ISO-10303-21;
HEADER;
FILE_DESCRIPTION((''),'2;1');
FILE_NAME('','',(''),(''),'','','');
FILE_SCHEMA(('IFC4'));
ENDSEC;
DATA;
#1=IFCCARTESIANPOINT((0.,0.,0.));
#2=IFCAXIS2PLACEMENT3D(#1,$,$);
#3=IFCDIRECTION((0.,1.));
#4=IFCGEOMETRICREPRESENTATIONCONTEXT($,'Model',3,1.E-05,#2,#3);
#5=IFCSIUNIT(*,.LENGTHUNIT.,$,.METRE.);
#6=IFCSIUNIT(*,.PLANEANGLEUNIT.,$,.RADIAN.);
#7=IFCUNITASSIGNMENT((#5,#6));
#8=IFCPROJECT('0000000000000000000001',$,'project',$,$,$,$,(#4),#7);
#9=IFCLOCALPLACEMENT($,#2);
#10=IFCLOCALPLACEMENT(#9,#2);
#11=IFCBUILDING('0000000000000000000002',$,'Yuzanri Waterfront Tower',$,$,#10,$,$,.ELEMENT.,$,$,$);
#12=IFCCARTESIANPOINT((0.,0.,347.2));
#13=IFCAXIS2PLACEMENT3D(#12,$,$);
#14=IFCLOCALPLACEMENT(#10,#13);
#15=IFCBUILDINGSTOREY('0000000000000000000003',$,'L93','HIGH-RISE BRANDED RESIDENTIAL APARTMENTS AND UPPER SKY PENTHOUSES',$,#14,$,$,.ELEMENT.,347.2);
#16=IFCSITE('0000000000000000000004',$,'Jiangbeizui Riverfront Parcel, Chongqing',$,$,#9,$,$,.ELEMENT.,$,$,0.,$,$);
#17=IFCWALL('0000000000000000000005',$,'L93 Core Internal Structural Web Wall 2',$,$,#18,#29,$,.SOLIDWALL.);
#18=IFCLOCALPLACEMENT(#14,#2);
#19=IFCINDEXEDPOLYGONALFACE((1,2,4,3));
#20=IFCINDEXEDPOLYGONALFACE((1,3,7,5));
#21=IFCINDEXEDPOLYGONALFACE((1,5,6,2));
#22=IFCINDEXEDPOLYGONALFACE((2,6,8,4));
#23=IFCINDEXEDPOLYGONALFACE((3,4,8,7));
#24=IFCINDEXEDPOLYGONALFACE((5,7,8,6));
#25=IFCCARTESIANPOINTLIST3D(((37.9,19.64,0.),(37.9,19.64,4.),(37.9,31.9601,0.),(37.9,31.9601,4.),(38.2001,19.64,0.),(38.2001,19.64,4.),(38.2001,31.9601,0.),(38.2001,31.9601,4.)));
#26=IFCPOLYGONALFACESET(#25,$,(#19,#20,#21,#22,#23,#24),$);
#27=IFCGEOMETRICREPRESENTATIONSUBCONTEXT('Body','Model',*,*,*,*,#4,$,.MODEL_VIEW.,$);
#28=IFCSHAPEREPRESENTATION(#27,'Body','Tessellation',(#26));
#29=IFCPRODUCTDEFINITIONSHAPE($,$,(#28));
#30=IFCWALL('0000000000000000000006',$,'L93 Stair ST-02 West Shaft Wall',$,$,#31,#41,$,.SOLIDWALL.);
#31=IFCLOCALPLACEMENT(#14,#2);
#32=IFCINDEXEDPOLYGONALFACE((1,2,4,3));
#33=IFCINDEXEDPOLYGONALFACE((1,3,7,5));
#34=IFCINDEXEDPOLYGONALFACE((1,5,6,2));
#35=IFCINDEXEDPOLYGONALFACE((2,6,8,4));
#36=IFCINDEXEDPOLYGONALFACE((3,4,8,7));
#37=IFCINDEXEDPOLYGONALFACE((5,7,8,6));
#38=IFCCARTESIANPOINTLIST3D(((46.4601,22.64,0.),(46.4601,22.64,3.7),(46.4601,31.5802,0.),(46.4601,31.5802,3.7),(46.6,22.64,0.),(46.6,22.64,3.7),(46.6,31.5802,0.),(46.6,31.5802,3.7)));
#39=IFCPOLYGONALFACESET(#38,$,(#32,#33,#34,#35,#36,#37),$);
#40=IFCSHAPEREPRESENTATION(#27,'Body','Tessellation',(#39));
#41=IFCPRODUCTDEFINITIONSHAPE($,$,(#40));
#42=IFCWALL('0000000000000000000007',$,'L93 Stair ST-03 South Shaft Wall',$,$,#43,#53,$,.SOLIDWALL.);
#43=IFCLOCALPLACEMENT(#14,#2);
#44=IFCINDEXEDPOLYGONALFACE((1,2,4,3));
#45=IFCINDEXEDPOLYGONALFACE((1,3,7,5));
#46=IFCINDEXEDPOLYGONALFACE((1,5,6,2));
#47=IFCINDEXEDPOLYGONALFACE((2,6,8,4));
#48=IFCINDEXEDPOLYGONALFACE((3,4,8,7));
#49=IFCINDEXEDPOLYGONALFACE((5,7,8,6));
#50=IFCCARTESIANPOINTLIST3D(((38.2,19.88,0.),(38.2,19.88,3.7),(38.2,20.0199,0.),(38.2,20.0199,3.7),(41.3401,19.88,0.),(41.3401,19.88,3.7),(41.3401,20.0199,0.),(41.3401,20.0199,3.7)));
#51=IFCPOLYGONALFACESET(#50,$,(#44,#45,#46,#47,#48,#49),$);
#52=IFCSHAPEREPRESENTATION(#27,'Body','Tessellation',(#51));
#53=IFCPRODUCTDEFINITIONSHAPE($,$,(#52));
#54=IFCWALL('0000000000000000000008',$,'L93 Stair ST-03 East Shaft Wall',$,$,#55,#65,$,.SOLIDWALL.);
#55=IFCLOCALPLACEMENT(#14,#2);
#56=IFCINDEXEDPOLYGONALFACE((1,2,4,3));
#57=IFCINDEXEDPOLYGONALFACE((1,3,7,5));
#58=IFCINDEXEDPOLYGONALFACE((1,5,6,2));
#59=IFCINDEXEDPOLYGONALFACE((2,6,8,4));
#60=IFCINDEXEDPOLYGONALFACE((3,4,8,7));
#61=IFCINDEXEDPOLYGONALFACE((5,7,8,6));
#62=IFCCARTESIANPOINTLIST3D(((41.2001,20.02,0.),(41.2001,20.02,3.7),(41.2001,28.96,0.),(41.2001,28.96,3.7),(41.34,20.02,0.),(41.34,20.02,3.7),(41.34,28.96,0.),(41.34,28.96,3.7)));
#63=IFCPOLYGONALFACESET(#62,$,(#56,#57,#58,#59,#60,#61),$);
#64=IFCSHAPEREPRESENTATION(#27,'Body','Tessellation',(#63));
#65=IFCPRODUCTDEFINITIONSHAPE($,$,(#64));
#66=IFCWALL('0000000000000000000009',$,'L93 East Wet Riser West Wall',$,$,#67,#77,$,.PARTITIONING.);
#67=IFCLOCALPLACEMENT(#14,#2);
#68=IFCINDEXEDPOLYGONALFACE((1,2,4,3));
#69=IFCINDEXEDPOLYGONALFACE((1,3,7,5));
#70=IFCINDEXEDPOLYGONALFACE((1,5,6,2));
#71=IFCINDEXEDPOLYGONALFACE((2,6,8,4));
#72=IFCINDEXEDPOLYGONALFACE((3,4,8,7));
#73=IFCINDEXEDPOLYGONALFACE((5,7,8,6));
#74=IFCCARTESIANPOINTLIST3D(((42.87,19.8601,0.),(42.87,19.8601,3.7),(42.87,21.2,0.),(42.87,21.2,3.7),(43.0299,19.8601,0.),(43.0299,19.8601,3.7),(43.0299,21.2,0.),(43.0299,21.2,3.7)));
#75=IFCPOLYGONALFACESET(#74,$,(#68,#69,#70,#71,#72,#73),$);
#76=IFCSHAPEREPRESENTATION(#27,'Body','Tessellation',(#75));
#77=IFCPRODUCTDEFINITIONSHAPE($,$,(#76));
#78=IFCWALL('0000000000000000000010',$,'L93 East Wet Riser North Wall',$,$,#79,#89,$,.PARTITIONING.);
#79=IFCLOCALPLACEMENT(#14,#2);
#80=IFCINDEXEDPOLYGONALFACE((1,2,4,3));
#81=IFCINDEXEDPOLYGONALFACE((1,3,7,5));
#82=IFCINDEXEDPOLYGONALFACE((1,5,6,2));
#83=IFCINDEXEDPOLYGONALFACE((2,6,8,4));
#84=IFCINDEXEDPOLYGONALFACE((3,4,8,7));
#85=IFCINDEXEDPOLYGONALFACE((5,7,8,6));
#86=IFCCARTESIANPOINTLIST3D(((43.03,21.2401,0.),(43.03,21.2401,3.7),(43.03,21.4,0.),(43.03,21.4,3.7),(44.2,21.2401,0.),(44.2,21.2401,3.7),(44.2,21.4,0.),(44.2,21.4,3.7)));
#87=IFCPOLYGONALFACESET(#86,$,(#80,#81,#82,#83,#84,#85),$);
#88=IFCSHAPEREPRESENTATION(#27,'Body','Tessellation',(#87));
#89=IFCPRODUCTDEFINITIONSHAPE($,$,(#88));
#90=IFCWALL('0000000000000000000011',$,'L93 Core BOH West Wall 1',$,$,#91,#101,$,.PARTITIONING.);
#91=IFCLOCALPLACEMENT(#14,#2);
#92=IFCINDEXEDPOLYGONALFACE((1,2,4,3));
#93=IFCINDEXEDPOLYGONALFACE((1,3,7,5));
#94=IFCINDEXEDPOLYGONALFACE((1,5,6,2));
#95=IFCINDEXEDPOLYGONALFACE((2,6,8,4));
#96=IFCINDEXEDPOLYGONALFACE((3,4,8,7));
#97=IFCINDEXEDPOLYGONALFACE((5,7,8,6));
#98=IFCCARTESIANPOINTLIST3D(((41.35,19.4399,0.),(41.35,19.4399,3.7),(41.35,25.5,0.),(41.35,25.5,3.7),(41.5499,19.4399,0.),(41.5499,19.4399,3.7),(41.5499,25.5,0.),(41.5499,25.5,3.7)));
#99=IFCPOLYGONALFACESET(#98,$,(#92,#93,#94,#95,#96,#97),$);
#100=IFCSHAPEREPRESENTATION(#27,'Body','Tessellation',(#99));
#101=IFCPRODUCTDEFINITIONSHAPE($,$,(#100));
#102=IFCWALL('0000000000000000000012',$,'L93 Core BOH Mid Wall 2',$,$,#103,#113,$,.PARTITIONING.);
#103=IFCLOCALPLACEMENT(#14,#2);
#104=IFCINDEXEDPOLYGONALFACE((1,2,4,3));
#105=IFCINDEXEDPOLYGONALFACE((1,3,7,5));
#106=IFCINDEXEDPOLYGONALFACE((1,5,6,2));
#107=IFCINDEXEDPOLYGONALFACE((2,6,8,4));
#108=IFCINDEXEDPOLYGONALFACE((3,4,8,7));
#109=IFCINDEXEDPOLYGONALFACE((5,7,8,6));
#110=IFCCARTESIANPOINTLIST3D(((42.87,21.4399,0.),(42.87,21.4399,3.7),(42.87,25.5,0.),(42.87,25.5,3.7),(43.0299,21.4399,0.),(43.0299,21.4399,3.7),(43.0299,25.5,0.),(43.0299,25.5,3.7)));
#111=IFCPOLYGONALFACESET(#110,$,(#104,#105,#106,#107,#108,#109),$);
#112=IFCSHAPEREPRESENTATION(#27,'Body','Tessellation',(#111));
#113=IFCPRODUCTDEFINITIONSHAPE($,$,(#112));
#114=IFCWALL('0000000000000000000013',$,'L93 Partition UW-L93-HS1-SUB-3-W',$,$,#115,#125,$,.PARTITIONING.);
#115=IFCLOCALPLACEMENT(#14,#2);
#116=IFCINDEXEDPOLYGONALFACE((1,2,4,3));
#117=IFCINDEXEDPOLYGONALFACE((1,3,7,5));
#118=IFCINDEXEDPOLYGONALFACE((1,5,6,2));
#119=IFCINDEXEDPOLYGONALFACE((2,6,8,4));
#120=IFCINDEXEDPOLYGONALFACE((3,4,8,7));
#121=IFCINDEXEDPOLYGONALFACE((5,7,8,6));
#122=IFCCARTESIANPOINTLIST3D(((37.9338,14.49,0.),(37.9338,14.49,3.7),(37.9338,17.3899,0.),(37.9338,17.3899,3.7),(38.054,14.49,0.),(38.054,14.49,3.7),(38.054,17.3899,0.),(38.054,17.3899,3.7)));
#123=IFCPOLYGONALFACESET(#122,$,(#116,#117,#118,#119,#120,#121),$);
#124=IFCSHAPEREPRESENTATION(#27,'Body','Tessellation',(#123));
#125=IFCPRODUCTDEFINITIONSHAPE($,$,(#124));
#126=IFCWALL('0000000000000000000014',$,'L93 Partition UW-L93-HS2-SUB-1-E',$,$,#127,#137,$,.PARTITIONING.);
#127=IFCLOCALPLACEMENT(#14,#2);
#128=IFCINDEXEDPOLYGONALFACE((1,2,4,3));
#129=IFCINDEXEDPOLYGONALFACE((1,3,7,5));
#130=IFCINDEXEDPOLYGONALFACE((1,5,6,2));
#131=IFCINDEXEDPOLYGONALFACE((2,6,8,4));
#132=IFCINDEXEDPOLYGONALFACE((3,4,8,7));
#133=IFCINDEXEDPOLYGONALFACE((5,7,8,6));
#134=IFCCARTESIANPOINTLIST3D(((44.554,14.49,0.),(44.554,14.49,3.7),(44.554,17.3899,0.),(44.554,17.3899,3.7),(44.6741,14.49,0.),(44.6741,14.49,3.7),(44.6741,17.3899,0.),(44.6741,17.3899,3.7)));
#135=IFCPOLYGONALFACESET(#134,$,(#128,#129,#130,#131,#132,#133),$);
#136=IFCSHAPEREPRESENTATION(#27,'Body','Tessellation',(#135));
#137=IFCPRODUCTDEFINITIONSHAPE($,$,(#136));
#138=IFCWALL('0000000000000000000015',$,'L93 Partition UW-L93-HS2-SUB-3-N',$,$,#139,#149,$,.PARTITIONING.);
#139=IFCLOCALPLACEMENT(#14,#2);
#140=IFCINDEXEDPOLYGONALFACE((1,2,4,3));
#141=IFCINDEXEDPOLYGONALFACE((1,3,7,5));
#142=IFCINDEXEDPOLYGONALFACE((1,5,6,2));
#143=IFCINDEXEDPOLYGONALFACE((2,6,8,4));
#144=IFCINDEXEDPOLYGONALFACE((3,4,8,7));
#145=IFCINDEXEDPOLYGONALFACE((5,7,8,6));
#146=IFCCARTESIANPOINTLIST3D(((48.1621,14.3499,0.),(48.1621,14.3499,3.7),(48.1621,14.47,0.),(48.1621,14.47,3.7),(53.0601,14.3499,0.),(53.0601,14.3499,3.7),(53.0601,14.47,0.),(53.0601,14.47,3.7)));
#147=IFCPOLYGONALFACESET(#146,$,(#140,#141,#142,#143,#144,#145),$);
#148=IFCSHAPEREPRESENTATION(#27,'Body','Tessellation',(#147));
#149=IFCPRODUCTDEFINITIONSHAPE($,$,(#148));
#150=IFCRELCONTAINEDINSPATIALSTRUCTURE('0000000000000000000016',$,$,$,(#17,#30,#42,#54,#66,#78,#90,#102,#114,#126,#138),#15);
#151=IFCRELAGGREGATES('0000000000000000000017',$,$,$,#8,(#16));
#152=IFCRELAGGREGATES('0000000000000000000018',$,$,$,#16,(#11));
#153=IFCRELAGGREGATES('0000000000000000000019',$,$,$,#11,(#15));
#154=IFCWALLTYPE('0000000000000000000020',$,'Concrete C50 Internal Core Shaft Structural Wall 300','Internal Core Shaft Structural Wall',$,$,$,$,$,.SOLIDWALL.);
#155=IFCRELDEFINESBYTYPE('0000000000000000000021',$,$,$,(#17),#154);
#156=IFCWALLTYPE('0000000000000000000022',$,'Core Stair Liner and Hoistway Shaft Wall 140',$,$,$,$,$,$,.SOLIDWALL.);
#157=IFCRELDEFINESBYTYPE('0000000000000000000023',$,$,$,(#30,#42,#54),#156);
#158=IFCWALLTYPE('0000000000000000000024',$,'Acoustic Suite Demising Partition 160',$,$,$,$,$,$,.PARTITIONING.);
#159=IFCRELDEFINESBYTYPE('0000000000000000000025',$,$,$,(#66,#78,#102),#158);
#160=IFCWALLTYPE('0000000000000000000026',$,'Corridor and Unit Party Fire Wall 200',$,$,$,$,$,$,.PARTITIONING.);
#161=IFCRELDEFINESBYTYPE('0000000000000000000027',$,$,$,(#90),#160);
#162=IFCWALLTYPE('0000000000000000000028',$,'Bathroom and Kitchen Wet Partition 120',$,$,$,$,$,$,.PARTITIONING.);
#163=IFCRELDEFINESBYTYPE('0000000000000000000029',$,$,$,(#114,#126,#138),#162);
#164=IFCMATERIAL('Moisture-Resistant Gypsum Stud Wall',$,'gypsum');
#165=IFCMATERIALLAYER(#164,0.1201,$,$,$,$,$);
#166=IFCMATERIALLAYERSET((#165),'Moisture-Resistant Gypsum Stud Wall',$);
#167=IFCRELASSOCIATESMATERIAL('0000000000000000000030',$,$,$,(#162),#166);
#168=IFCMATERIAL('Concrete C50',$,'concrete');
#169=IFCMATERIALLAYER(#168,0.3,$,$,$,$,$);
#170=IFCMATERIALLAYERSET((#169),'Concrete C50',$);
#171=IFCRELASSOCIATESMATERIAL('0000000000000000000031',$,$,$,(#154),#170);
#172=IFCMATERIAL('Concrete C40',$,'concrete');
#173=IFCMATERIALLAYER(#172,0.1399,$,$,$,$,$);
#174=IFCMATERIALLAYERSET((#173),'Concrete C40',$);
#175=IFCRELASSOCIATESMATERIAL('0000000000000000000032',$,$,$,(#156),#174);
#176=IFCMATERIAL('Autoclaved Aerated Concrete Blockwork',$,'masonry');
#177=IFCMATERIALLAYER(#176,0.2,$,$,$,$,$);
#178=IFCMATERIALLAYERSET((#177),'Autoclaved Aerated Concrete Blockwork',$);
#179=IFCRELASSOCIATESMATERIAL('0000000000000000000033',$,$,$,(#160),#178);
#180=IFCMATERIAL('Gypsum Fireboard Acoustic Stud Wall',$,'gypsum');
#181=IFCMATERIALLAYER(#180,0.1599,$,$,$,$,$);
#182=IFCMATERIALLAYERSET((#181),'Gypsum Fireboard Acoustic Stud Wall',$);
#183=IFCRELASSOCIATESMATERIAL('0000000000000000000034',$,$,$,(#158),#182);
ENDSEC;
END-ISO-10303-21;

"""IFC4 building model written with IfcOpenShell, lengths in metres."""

from ifc_helpers import new_model, si_unit, direction, frame, frame_2d, origin, place, context, subcontext, project, spatial, rectangle, extrude, source, transform, mapped, material, layer, layer_set, type_object, element, save


model = new_model("IFC4")

# Units and contexts
model_context = context("Model", 3, precision=1e-05, world=origin(), true_north=direction((0.0, 1.0)))
body_context = subcontext(model_context, "Body", "Model", "MODEL_VIEW")
ifc_project = project(units=[si_unit("LENGTHUNIT", "METRE"), si_unit("PLANEANGLEUNIT", "RADIAN")], contexts=[model_context])

# Site, building, storey
site_placement = place(None, origin())
site = spatial("IfcSite", under=ifc_project, at=site_placement, Name="Jiangbeizui Riverfront Parcel, Chongqing", CompositionType="ELEMENT", RefElevation=0.0)
building_placement = place(site_placement, origin())
building = spatial("IfcBuilding", under=site, at=building_placement, Name="Yuzanri Waterfront Tower", CompositionType="ELEMENT")
storey_placement = place(building_placement, frame((0.0, 0.0, 347.2)))
storey = spatial("IfcBuildingStorey", under=building, at=storey_placement, Name="L93", Description="HIGH-RISE BRANDED RESIDENTIAL APARTMENTS AND UPPER SKY PENTHOUSES", CompositionType="ELEMENT", Elevation=347.2)

# Shared definitions
ifc_material_1 = material(Name="Moisture-Resistant Gypsum Stud Wall", Category="gypsum")
ifc_layer_1 = layer(ifc_material_1, 0.1201)
ifc_layer_set_1 = layer_set([ifc_layer_1], Name="Moisture-Resistant Gypsum Stud Wall")
wall_type_1 = type_object("IfcWallType", Name="Bathroom and Kitchen Wet Partition 120", PredefinedType="PARTITIONING", material=ifc_layer_set_1)

# Shared definitions
ifc_material_2 = material(Name="Concrete C50", Category="concrete")
ifc_layer_2 = layer(ifc_material_2, 0.3)
ifc_layer_set_2 = layer_set([ifc_layer_2], Name="Concrete C50")
wall_type_2 = type_object("IfcWallType", Name="Concrete C50 Internal Core Shaft Structural Wall 300", Description="Internal Core Shaft Structural Wall", PredefinedType="SOLIDWALL", material=ifc_layer_set_2)

# Shared definitions
ifc_material_3 = material(Name="Concrete C40", Category="concrete")
ifc_layer_3 = layer(ifc_material_3, 0.1399)
ifc_layer_set_3 = layer_set([ifc_layer_3], Name="Concrete C40")
wall_type_3 = type_object("IfcWallType", Name="Core Stair Liner and Hoistway Shaft Wall 140", PredefinedType="SOLIDWALL", material=ifc_layer_set_3)
ifc_material_4 = material(Name="Autoclaved Aerated Concrete Blockwork", Category="masonry")
ifc_layer_4 = layer(ifc_material_4, 0.2)
ifc_layer_set_4 = layer_set([ifc_layer_4], Name="Autoclaved Aerated Concrete Blockwork")
wall_type_4 = type_object("IfcWallType", Name="Corridor and Unit Party Fire Wall 200", PredefinedType="PARTITIONING", material=ifc_layer_set_4)

# Walls
shared_shape_1 = source(origin(), body_context, "Body", "SweptSolid", [
    extrude(rectangle(XDim=12.3201, YDim=0.3, at=frame_2d((6.1602, 0.0))), origin(), (0.0, 0.0, 1.0), 4.0),
])
wall_1_placement = place(storey_placement, frame((38.05, 19.6399, 0.0), z_axis=(0.0, 0.0, 1.0), x_axis=(0.0, 1.0, 0.0)))
element("IfcWall", 1, at=wall_1_placement, inside=storey, type_object=wall_type_2, Name="L93 Core Internal Structural Web Wall 2", PredefinedType="SOLIDWALL", context=body_context, shape_type="MappedRepresentation", body=[
    mapped(shared_shape_1, transform((0.0, 0.0, 0.0), scale=1.0)),
])
shared_shape_2 = source(origin(), body_context, "Body", "SweptSolid", [
    extrude(rectangle(XDim=8.9402, YDim=0.1399, at=frame_2d((4.4702, 0.0))), origin(), (0.0, 0.0, 1.0), 3.7),
])
wall_2_placement = place(storey_placement, frame((46.53, 22.6399, 0.0), z_axis=(0.0, 0.0, 1.0), x_axis=(0.0, 1.0, 0.0)))
element("IfcWall", 2, at=wall_2_placement, inside=storey, type_object=wall_type_3, Name="L93 Stair ST-02 West Shaft Wall", PredefinedType="SOLIDWALL", context=body_context, shape_type="MappedRepresentation", body=[
    mapped(shared_shape_2, transform((0.0, 0.0, 0.0), scale=1.0)),
])
shared_shape_3 = source(origin(), body_context, "Body", "SweptSolid", [
    extrude(rectangle(XDim=3.1401, YDim=0.1399, at=frame_2d((1.5701, 0.0))), origin(), (0.0, 0.0, 1.0), 3.7),
])
wall_3_placement = place(storey_placement, frame((38.2, 19.95, 0.0), z_axis=(0.0, 0.0, 1.0), x_axis=(1.0, 0.0, 0.0)))
element("IfcWall", 3, at=wall_3_placement, inside=storey, type_object=wall_type_3, Name="L93 Stair ST-03 South Shaft Wall", PredefinedType="SOLIDWALL", context=body_context, shape_type="MappedRepresentation", body=[
    mapped(shared_shape_3, transform((0.0, 0.0, 0.0), scale=1.0)),
])
shared_shape_4 = source(origin(), body_context, "Body", "SweptSolid", [
    extrude(rectangle(XDim=8.9399, YDim=0.1399, at=frame_2d((4.47, 0.0))), origin(), (0.0, 0.0, 1.0), 3.7),
])
wall_4_placement = place(storey_placement, frame((41.27, 20.02, 0.0), z_axis=(0.0, 0.0, 1.0), x_axis=(0.0, 1.0, 0.0)))
element("IfcWall", 4, at=wall_4_placement, inside=storey, type_object=wall_type_3, Name="L93 Stair ST-03 East Shaft Wall", PredefinedType="SOLIDWALL", context=body_context, shape_type="MappedRepresentation", body=[
    mapped(shared_shape_4, transform((0.0, 0.0, 0.0), scale=1.0)),
])
ifc_material_5 = material(Name="Gypsum Fireboard Acoustic Stud Wall", Category="gypsum")
ifc_layer_5 = layer(ifc_material_5, 0.1599)
ifc_layer_set_5 = layer_set([ifc_layer_5], Name="Gypsum Fireboard Acoustic Stud Wall")
wall_type_5 = type_object("IfcWallType", Name="Acoustic Suite Demising Partition 160", PredefinedType="PARTITIONING", material=ifc_layer_set_5)
shared_shape_5 = source(origin(), body_context, "Body", "SweptSolid", [
    extrude(rectangle(XDim=1.3398, YDim=0.1599, at=frame_2d((0.6699, 0.0))), origin(), (0.0, 0.0, 1.0), 3.7),
])
wall_5_placement = place(storey_placement, frame((42.95, 19.8601, 0.0), z_axis=(0.0, 0.0, 1.0), x_axis=(0.0, 1.0, 0.0)))
element("IfcWall", 5, at=wall_5_placement, inside=storey, type_object=wall_type_5, Name="L93 East Wet Riser West Wall", PredefinedType="PARTITIONING", context=body_context, shape_type="MappedRepresentation", body=[
    mapped(shared_shape_5, transform((0.0, 0.0, 0.0), scale=1.0)),
])
shared_shape_6 = source(origin(), body_context, "Body", "SweptSolid", [
    extrude(rectangle(XDim=1.1699, YDim=0.1599, at=frame_2d((0.585, 0.0))), origin(), (0.0, 0.0, 1.0), 3.7),
])
wall_6_placement = place(storey_placement, frame((43.03, 21.3201, 0.0), z_axis=(0.0, 0.0, 1.0), x_axis=(1.0, 0.0, 0.0)))
element("IfcWall", 6, at=wall_6_placement, inside=storey, type_object=wall_type_5, Name="L93 East Wet Riser North Wall", PredefinedType="PARTITIONING", context=body_context, shape_type="MappedRepresentation", body=[
    mapped(shared_shape_6, transform((0.0, 0.0, 0.0), scale=1.0)),
])
shared_shape_7 = source(origin(), body_context, "Body", "SweptSolid", [
    extrude(rectangle(XDim=6.0601, YDim=0.2, at=frame_2d((3.03, 0.0))), origin(), (0.0, 0.0, 1.0), 3.7),
])
wall_7_placement = place(storey_placement, frame((41.45, 19.4399, 0.0), z_axis=(0.0, 0.0, 1.0), x_axis=(0.0, 1.0, 0.0)))
element("IfcWall", 7, at=wall_7_placement, inside=storey, type_object=wall_type_4, Name="L93 Core BOH West Wall 1", PredefinedType="PARTITIONING", context=body_context, shape_type="MappedRepresentation", body=[
    mapped(shared_shape_7, transform((0.0, 0.0, 0.0), scale=1.0)),
])
shared_shape_8 = source(origin(), body_context, "Body", "SweptSolid", [
    extrude(rectangle(XDim=4.0601, YDim=0.1599, at=frame_2d((2.03, 0.0))), origin(), (0.0, 0.0, 1.0), 3.7),
])
wall_8_placement = place(storey_placement, frame((42.95, 21.4399, 0.0), z_axis=(0.0, 0.0, 1.0), x_axis=(0.0, 1.0, 0.0)))
element("IfcWall", 8, at=wall_8_placement, inside=storey, type_object=wall_type_5, Name="L93 Core BOH Mid Wall 2", PredefinedType="PARTITIONING", context=body_context, shape_type="MappedRepresentation", body=[
    mapped(shared_shape_8, transform((0.0, 0.0, 0.0), scale=1.0)),
])
shared_shape_9 = source(origin(), body_context, "Body", "SweptSolid", [
    extrude(rectangle(XDim=2.8999, YDim=0.1201, at=frame_2d((1.45, 0.0))), origin(), (0.0, 0.0, 1.0), 3.7),
])
for number, where, z_axis, x_axis, name in (
    (9, (37.9939, 14.49, 0.0), (0.0, 0.0, 1.0), (0.0, 1.0, 0.0), "L93 Partition UW-L93-HS1-SUB-3-W"),
    (10, (44.614, 14.49, 0.0), (0.0, 0.0, 1.0), (0.0, 1.0, 0.0), "L93 Partition UW-L93-HS2-SUB-1-E"),
):
    element("IfcWall", number, at=place(storey_placement, frame(where, z_axis=z_axis, x_axis=x_axis)), inside=storey, type_object=wall_type_1, Name=name, PredefinedType="PARTITIONING", context=body_context, shape_type="MappedRepresentation", body=[
        mapped(shared_shape_9, transform((0.0, 0.0, 0.0), scale=1.0)),
    ])
shared_shape_10 = source(origin(), body_context, "Body", "SweptSolid", [
    extrude(rectangle(XDim=4.8979, YDim=0.1201, at=frame_2d((2.449, 0.0))), origin(), (0.0, 0.0, 1.0), 3.7),
])
wall_9_placement = place(storey_placement, frame((48.1621, 14.4099, 0.0), z_axis=(0.0, 0.0, 1.0), x_axis=(1.0, 0.0, 0.0)))
element("IfcWall", 11, at=wall_9_placement, inside=storey, type_object=wall_type_1, Name="L93 Partition UW-L93-HS2-SUB-3-N", PredefinedType="PARTITIONING", context=body_context, shape_type="MappedRepresentation", body=[
    mapped(shared_shape_10, transform((0.0, 0.0, 0.0), scale=1.0)),
])

save(model, "model.ifc")
